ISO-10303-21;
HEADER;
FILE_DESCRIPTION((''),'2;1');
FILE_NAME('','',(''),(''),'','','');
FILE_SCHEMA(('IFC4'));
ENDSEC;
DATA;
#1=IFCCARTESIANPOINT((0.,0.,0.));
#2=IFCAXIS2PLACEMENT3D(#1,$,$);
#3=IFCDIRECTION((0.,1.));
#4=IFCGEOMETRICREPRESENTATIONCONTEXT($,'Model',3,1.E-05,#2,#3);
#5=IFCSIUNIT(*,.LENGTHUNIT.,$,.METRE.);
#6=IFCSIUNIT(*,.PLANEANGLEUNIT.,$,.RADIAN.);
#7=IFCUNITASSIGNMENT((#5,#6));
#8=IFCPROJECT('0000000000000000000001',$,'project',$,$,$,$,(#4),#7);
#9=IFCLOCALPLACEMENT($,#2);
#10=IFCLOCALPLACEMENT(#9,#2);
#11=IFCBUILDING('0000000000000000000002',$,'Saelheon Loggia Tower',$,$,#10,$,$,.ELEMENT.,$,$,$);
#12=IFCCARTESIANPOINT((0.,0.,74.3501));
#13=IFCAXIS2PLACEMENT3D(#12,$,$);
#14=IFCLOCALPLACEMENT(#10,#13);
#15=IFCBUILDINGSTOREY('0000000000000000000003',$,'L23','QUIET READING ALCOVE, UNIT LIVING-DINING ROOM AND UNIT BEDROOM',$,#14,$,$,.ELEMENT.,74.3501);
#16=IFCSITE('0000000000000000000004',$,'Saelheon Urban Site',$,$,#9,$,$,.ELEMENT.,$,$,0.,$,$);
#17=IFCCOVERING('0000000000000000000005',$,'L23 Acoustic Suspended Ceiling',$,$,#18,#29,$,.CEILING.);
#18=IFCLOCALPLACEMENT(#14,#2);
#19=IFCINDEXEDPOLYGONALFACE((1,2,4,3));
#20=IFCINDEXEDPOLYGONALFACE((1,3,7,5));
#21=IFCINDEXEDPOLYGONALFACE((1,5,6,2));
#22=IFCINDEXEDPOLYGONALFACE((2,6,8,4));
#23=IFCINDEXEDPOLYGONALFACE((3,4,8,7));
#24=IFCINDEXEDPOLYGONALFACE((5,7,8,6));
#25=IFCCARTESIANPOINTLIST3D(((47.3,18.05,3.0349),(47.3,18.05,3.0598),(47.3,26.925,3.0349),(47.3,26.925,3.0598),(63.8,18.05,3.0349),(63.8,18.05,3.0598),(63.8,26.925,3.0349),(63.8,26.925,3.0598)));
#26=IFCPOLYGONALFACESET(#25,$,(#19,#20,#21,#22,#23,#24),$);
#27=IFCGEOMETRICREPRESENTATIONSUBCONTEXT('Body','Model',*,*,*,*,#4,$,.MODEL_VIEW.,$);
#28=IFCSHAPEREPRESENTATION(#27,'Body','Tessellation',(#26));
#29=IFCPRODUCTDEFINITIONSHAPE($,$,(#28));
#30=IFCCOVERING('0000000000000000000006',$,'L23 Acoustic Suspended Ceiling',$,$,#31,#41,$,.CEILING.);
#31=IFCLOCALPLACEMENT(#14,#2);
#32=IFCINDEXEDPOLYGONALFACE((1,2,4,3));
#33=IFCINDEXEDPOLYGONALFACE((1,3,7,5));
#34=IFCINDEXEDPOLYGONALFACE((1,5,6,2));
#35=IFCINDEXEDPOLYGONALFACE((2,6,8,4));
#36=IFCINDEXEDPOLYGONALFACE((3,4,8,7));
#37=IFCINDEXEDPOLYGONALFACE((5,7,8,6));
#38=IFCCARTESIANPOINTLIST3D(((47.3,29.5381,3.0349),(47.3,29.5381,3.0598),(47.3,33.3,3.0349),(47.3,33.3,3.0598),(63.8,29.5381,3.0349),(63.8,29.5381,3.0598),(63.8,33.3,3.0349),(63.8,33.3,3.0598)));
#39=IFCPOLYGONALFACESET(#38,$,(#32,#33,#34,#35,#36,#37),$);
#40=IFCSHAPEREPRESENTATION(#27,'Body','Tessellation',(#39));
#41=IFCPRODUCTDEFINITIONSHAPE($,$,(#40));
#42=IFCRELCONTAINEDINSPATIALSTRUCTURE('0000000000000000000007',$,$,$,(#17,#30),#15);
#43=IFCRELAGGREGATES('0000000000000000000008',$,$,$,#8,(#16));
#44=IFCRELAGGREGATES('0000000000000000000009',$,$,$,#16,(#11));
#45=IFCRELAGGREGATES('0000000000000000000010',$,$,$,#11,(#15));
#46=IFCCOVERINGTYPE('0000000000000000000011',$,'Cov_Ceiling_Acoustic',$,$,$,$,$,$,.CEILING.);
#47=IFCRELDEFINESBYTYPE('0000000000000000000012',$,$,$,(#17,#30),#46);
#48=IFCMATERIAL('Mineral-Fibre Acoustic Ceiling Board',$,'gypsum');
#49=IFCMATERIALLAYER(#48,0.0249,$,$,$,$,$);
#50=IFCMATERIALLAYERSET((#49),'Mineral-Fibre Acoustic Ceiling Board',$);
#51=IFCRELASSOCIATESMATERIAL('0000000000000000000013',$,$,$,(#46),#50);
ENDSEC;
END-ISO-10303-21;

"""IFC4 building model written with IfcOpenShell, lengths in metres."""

from ifc_helpers import new_model, si_unit, direction, frame, origin, place, context, subcontext, project, spatial, polyline, outline, extrude, material, layer, layer_set, type_object, element, save


model = new_model("IFC4")

# Units and contexts
model_context = context("Model", 3, precision=1e-05, world=origin(), true_north=direction((0.0, 1.0)))
body_context = subcontext(model_context, "Body", "Model", "MODEL_VIEW")
ifc_project = project(units=[si_unit("LENGTHUNIT", "METRE"), si_unit("PLANEANGLEUNIT", "RADIAN")], contexts=[model_context])

# Site, building, storey
site_placement = place(None, origin())
site = spatial("IfcSite", under=ifc_project, at=site_placement, Name="Saelheon Urban Site", CompositionType="ELEMENT", RefElevation=0.0)
building_placement = place(site_placement, origin())
building = spatial("IfcBuilding", under=site, at=building_placement, Name="Saelheon Loggia Tower", CompositionType="ELEMENT")
storey_placement = place(building_placement, frame((0.0, 0.0, 74.3501)))
storey = spatial("IfcBuildingStorey", under=building, at=storey_placement, Name="L23", Description="QUIET READING ALCOVE, UNIT LIVING-DINING ROOM AND UNIT BEDROOM", CompositionType="ELEMENT", Elevation=74.3501)

# Coverings
ifc_material_1 = material(Name="Mineral-Fibre Acoustic Ceiling Board", Category="gypsum")
ifc_layer_1 = layer(ifc_material_1, 0.0249)
ifc_layer_set_1 = layer_set([ifc_layer_1], Name="Mineral-Fibre Acoustic Ceiling Board")
covering_type = type_object("IfcCoveringType", Name="Cov_Ceiling_Acoustic", PredefinedType="CEILING", material=ifc_layer_set_1)
covering_1_placement = place(storey_placement, frame((0.0, 0.0, 3.0349)))
element("IfcCovering", 1, at=covering_1_placement, inside=storey, type_object=covering_type, Name="L23 Acoustic Suspended Ceiling", PredefinedType="CEILING", context=body_context, shape_type="SweptSolid", body=[
    extrude(outline(polyline([(47.3, 18.05), (63.8, 18.05), (63.8, 26.925), (47.3, 26.925), (47.3, 18.05)])), origin(), (0.0, 0.0, 1.0), 0.0249),
])
covering_2_placement = place(storey_placement, frame((0.0, 0.0, 3.0349)))
element("IfcCovering", 2, at=covering_2_placement, inside=storey, type_object=covering_type, Name="L23 Acoustic Suspended Ceiling", PredefinedType="CEILING", context=body_context, shape_type="SweptSolid", body=[
    extrude(outline(polyline([(47.3, 29.5381), (63.8, 29.5381), (63.8, 33.3), (47.3, 33.3), (47.3, 29.5381)])), origin(), (0.0, 0.0, 1.0), 0.0249),
])

save(model, "model.ifc")
